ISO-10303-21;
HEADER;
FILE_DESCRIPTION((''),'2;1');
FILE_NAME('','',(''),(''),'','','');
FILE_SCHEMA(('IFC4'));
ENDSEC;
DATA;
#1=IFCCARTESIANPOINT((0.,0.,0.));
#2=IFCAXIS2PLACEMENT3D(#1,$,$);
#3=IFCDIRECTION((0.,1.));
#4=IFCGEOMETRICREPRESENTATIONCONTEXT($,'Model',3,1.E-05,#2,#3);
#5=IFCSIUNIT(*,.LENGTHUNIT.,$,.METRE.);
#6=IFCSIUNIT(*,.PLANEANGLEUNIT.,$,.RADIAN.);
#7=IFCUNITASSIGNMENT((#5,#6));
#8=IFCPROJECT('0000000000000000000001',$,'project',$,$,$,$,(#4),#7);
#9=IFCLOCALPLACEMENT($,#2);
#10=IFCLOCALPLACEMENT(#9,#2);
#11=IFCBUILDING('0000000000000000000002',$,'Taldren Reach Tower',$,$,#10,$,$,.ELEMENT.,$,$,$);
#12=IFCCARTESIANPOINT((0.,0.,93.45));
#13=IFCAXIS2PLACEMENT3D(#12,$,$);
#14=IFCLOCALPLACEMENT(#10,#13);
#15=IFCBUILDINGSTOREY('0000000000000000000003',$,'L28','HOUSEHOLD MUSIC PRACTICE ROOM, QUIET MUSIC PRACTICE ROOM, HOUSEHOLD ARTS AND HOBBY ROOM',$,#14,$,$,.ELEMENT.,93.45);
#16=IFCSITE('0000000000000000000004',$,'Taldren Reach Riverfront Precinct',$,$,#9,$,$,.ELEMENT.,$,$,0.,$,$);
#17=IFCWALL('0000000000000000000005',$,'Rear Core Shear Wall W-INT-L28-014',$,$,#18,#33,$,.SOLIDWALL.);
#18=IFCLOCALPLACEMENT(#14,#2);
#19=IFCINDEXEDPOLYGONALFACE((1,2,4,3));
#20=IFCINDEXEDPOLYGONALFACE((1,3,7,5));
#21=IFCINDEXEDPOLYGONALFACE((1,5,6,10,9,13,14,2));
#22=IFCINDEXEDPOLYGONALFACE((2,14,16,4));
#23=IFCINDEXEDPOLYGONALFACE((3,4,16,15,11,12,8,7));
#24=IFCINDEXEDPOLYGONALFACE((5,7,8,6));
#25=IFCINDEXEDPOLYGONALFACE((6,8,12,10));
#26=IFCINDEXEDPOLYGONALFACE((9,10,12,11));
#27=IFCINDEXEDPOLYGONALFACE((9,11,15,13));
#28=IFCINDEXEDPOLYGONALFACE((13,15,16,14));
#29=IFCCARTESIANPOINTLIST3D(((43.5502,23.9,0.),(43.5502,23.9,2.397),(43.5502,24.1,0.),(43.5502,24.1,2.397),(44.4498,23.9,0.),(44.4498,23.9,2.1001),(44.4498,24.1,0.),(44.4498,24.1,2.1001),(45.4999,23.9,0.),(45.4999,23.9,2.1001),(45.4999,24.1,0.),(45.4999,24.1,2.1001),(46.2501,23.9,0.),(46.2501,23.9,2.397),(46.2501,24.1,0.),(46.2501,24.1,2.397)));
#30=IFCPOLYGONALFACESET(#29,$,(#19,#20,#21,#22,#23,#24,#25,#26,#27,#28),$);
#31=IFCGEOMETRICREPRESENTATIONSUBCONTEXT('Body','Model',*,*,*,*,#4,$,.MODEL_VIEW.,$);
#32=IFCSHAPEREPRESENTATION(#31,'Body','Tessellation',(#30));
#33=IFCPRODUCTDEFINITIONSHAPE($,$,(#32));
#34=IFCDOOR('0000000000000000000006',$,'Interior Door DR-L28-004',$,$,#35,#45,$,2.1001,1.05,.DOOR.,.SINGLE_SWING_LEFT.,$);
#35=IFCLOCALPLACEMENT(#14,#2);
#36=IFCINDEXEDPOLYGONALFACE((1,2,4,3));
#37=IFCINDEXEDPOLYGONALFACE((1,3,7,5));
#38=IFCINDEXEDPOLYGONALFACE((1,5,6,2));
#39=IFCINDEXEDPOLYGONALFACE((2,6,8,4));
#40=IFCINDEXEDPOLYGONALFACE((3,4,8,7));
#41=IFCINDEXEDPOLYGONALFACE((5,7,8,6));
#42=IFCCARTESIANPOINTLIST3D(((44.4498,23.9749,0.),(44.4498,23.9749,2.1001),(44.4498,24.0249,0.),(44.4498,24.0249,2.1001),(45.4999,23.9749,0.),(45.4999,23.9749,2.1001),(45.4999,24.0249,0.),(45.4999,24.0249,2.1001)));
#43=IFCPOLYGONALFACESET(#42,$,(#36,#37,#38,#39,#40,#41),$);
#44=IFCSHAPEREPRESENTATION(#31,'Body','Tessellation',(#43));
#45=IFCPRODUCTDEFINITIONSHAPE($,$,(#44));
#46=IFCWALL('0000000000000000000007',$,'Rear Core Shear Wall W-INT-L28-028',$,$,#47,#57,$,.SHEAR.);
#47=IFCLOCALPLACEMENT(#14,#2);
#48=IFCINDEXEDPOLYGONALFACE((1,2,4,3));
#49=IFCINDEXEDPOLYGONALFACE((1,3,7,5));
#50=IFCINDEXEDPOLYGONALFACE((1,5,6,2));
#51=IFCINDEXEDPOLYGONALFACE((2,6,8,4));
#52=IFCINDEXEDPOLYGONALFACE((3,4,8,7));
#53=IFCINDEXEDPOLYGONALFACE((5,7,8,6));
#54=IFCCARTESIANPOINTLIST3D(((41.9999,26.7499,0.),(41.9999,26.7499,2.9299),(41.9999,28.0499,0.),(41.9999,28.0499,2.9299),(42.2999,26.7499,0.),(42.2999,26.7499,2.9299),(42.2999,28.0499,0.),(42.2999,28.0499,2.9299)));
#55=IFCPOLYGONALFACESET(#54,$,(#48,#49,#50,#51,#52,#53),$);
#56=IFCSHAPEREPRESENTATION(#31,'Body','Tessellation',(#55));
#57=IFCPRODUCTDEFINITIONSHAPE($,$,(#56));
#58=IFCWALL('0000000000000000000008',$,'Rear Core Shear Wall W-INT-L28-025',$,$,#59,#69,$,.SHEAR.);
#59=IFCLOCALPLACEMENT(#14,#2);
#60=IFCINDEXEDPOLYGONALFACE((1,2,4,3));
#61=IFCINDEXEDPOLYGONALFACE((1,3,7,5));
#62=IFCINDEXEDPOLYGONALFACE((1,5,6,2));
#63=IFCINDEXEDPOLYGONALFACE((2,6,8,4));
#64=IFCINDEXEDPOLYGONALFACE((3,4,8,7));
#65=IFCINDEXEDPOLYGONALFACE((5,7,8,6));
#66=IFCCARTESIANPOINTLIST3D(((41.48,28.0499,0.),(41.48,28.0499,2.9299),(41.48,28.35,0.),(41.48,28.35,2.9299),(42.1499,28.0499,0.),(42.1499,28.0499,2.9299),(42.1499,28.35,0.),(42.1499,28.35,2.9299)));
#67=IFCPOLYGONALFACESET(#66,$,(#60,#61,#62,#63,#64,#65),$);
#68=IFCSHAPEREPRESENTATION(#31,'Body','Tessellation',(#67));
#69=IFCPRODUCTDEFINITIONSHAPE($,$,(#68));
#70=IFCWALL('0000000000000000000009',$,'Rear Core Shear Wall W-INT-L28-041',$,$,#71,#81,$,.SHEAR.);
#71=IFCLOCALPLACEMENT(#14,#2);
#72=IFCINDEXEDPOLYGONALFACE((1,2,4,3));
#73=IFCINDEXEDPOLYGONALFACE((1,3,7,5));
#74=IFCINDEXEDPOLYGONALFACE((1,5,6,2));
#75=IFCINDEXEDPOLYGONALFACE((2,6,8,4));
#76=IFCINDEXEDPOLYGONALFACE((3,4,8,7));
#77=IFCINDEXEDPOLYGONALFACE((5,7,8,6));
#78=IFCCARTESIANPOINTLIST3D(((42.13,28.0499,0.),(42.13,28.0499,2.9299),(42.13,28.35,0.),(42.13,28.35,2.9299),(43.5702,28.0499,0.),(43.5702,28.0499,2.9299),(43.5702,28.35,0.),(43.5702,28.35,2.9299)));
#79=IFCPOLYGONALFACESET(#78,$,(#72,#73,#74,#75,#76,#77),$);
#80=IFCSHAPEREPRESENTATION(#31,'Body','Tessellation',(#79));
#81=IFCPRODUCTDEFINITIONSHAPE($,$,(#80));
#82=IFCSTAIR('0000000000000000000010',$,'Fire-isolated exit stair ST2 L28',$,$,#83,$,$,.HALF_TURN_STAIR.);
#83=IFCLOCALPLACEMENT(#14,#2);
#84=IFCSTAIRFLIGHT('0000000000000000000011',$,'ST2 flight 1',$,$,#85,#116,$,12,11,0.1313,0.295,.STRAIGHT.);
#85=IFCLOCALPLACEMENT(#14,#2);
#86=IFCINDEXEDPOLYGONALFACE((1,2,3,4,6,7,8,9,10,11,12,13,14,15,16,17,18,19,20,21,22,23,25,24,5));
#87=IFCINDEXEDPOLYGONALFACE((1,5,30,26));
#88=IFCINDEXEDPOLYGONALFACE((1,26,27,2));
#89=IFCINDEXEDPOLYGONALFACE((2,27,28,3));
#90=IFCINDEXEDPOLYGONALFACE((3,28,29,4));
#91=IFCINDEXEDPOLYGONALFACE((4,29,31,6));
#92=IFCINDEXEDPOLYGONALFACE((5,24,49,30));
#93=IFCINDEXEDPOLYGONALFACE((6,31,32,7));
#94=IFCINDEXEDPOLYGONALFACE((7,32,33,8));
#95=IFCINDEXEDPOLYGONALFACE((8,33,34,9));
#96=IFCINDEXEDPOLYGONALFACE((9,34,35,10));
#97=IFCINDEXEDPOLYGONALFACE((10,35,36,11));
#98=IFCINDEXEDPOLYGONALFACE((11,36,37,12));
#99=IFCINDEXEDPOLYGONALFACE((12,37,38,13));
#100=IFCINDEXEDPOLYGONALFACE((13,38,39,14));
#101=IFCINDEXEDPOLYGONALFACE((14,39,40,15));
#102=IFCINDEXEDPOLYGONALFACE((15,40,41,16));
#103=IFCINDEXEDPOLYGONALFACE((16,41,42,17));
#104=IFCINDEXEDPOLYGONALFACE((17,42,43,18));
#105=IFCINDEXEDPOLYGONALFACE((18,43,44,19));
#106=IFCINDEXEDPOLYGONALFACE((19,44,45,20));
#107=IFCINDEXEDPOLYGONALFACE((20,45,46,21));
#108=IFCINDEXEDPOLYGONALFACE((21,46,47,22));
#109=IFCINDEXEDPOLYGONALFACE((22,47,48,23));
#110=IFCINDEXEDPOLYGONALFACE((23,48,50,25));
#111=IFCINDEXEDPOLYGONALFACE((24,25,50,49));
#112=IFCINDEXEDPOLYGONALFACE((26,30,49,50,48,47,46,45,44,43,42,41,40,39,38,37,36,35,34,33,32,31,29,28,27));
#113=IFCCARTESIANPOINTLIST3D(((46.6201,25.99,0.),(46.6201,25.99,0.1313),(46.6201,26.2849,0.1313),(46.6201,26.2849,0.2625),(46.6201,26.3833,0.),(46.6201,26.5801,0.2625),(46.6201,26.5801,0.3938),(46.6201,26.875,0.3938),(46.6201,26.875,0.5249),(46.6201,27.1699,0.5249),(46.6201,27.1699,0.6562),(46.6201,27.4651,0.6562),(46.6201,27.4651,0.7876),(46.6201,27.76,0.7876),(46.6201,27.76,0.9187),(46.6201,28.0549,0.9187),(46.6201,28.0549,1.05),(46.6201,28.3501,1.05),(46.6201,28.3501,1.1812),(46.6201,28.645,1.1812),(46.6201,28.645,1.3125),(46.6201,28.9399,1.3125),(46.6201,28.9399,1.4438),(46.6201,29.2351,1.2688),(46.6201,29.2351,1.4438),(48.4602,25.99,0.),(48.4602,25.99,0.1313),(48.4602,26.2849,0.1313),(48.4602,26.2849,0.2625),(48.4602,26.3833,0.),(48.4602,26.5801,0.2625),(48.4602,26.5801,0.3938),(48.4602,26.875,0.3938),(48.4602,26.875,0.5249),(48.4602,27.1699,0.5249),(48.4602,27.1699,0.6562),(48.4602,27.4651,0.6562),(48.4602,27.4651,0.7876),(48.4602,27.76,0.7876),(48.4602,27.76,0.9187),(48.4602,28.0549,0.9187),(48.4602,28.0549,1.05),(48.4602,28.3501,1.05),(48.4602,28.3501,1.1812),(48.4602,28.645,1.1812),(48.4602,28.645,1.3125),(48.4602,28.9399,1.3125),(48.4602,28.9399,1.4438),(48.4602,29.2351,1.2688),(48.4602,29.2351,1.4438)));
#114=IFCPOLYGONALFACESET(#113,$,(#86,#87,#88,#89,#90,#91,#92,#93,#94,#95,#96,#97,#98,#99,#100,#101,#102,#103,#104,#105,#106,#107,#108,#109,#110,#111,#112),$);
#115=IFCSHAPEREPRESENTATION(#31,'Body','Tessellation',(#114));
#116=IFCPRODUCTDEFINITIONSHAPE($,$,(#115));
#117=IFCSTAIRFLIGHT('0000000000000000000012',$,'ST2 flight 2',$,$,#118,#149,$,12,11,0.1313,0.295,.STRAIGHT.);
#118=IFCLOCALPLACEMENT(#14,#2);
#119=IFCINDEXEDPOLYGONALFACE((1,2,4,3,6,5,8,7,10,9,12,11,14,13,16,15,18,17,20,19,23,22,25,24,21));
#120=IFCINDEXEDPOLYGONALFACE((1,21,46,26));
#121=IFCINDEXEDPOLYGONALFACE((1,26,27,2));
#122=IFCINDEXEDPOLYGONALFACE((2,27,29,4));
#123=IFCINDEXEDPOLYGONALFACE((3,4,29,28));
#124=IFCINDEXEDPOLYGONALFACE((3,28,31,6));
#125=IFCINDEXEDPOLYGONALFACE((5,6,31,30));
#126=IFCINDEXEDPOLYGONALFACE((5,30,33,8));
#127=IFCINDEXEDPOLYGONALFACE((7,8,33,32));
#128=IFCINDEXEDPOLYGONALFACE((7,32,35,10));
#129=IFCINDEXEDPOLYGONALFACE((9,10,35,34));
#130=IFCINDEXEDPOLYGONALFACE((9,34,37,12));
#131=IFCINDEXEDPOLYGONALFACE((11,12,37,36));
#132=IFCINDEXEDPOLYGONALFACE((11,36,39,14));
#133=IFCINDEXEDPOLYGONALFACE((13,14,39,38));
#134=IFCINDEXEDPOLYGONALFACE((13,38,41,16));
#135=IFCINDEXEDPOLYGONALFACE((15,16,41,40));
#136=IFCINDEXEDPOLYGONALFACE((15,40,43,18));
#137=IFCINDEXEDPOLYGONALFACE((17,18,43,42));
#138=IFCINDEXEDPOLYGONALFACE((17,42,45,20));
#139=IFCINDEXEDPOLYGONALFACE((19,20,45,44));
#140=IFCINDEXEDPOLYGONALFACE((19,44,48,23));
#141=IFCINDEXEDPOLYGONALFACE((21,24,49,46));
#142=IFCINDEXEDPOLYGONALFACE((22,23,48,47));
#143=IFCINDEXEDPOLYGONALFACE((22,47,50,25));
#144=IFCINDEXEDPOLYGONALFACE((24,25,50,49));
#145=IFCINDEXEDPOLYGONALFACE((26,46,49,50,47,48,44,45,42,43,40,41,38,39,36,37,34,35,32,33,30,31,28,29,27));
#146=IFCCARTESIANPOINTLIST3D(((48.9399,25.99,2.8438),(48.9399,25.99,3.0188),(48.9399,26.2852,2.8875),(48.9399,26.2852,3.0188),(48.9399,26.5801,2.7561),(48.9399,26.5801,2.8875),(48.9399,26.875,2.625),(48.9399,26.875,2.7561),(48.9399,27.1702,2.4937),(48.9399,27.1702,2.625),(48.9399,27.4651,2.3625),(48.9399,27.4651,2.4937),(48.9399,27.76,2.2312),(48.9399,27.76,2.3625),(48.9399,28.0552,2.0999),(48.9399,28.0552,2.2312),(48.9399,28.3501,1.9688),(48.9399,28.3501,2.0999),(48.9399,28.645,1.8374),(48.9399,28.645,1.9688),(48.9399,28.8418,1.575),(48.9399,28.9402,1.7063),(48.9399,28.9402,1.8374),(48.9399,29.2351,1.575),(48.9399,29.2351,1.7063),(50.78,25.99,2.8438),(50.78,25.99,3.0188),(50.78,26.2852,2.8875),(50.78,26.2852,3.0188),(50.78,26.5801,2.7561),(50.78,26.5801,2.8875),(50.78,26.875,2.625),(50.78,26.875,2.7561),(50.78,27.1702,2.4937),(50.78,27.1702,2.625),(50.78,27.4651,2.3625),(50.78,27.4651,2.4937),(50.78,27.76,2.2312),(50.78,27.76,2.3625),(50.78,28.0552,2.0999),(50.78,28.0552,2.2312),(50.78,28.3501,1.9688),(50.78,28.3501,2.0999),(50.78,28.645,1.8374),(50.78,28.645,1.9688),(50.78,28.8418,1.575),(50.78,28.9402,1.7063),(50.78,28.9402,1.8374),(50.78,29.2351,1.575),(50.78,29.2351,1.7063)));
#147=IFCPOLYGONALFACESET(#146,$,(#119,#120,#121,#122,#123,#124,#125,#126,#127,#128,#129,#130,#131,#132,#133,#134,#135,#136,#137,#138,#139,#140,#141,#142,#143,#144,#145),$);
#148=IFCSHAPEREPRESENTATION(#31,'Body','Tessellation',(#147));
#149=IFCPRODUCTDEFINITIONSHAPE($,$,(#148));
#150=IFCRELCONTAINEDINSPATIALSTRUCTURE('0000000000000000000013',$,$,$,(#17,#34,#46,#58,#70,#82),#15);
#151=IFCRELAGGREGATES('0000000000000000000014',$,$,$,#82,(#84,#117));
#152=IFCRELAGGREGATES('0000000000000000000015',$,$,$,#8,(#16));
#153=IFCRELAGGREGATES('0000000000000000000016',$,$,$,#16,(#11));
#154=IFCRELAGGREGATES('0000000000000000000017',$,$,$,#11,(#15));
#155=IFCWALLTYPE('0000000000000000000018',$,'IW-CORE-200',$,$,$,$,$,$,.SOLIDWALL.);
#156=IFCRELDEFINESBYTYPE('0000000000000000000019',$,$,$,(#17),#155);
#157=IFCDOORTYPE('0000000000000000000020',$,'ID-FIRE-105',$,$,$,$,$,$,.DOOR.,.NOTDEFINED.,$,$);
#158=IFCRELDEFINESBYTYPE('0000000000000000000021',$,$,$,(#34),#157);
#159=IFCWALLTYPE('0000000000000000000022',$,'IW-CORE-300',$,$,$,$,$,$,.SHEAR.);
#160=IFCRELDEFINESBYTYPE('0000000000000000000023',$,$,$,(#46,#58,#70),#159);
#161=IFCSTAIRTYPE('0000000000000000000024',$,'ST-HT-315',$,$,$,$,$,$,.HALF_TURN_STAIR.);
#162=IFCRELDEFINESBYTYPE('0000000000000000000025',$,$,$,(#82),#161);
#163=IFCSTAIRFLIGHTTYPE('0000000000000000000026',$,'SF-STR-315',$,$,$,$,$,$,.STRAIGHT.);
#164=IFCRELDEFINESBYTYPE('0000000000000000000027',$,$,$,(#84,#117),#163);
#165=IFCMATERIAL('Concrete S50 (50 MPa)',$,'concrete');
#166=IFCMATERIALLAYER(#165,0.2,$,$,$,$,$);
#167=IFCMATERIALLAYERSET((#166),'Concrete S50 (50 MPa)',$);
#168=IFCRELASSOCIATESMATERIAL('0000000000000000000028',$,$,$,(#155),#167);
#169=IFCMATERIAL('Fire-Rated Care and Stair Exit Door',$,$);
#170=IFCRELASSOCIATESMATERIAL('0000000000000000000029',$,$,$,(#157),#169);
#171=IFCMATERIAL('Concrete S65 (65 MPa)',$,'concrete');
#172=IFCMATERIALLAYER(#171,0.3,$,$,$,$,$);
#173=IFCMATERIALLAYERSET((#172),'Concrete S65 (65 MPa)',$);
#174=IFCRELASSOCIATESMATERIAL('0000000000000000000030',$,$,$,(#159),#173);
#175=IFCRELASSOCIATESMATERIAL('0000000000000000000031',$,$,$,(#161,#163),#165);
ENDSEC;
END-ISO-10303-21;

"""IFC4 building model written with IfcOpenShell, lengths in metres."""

from ifc_helpers import new_model, si_unit, direction, frame, frame_2d, origin, place, context, subcontext, project, spatial, polyline, rectangle, outline, extrude, source, transform, mapped, material, layer, layer_set, type_object, element, fill, aggregate, save


model = new_model("IFC4")

# Units and contexts
model_context = context("Model", 3, precision=1e-05, world=origin(), true_north=direction((0.0, 1.0)))
body_context = subcontext(model_context, "Body", "Model", "MODEL_VIEW")
ifc_project = project(units=[si_unit("LENGTHUNIT", "METRE"), si_unit("PLANEANGLEUNIT", "RADIAN")], contexts=[model_context])

# Site, building, storey
site_placement = place(None, origin())
site = spatial("IfcSite", under=ifc_project, at=site_placement, Name="Taldren Reach Riverfront Precinct", CompositionType="ELEMENT", RefElevation=0.0)
building_placement = place(site_placement, origin())
building = spatial("IfcBuilding", under=site, at=building_placement, Name="Taldren Reach Tower", CompositionType="ELEMENT")
storey_placement = place(building_placement, frame((0.0, 0.0, 93.45)))
storey = spatial("IfcBuildingStorey", under=building, at=storey_placement, Name="L28", Description="HOUSEHOLD MUSIC PRACTICE ROOM, QUIET MUSIC PRACTICE ROOM, HOUSEHOLD ARTS AND HOBBY ROOM", CompositionType="ELEMENT", Elevation=93.45)

# Shared definitions
ifc_material_1 = material(Name="Concrete S50 (50 MPa)", Category="concrete")
ifc_layer_1 = layer(ifc_material_1, 0.2)
ifc_layer_set_1 = layer_set([ifc_layer_1], Name="Concrete S50 (50 MPa)")
wall_type_1 = type_object("IfcWallType", Name="IW-CORE-200", PredefinedType="SOLIDWALL", material=ifc_layer_set_1)
shared_shape_1 = source(origin(), body_context, "Body", "SweptSolid", [
    extrude(rectangle(XDim=1.05, YDim=2.1001, at=frame_2d((0.5249, 1.05))), frame((0.0, 0.1099, 0.0), z_axis=(0.0, -1.0, 0.0), x_axis=(1.0, 0.0, 0.0)), (0.0, 0.0, 1.0), 0.22),
])
ifc_material_2 = material(Name="Fire-Rated Care and Stair Exit Door")
door_type_1 = type_object("IfcDoorType", Name="ID-FIRE-105", OperationType="NOTDEFINED", PredefinedType="DOOR", material=ifc_material_2)
shared_shape_2 = source(origin(), body_context, "Body", "SweptSolid", [
    extrude(rectangle(XDim=1.05, YDim=2.1001, at=frame_2d((0.5249, 1.05))), frame((0.0, 0.0249, 0.0), z_axis=(0.0, -1.0, 0.0), x_axis=(1.0, 0.0, 0.0)), (0.0, 0.0, 1.0), 0.05),
])

# Shared definitions
ifc_material_3 = material(Name="Concrete S65 (65 MPa)", Category="concrete")
ifc_layer_2 = layer(ifc_material_3, 0.3)
ifc_layer_set_2 = layer_set([ifc_layer_2], Name="Concrete S65 (65 MPa)")
wall_type_2 = type_object("IfcWallType", Name="IW-CORE-300", PredefinedType="SHEAR", material=ifc_layer_set_2)

# Wall, opening, door
shared_shape_3 = source(origin(), body_context, "Body", "SweptSolid", [
    extrude(rectangle(XDim=2.7, YDim=0.2, at=frame_2d((1.3501, 0.0))), origin(), (0.0, 0.0, 1.0), 2.397),
])
wall_1_placement = place(storey_placement, frame((43.55, 24.0, 0.0), z_axis=(0.0, 0.0, 1.0), x_axis=(1.0, 0.0, 0.0)))
wall_1 = element("IfcWall", 1, at=wall_1_placement, inside=storey, type_object=wall_type_1, Name="Rear Core Shear Wall W-INT-L28-014", PredefinedType="SOLIDWALL", context=body_context, shape_type="MappedRepresentation", body=[
    mapped(shared_shape_3, transform((0.0, 0.0, 0.0), scale=1.0)),
])
opening_1_placement = place(wall_1_placement, frame((0.8999, 0.0, 0.0)))
opening_1 = element("IfcOpeningElement", 2, at=opening_1_placement, cuts=wall_1, PredefinedType="OPENING", context=body_context, shape_type="MappedRepresentation", body=[
    mapped(shared_shape_1, transform((0.0, 0.0, 0.0), scale=1.0)),
])
door_1_placement = place(opening_1_placement, origin())
door_1 = element("IfcDoor", 3, at=door_1_placement, inside=storey, type_object=door_type_1, Name="Interior Door DR-L28-004", OperationType="SINGLE_SWING_LEFT", OverallHeight=2.1001, OverallWidth=1.05, PredefinedType="DOOR", context=body_context, shape_type="MappedRepresentation", body=[
    mapped(shared_shape_2, transform((0.0, 0.0, 0.0), scale=1.0)),
])
fill(opening_1, door_1)

# Walls
shared_shape_4 = source(origin(), body_context, "Body", "SweptSolid", [
    extrude(rectangle(XDim=1.3, YDim=0.3, at=frame_2d((0.6499, 0.0))), origin(), (0.0, 0.0, 1.0), 2.9299),
])
wall_2_placement = place(storey_placement, frame((42.1499, 26.75, 0.0), z_axis=(0.0, 0.0, 1.0), x_axis=(0.0, 1.0, 0.0)))
element("IfcWall", 4, at=wall_2_placement, inside=storey, type_object=wall_type_2, Name="Rear Core Shear Wall W-INT-L28-028", PredefinedType="SHEAR", context=body_context, shape_type="MappedRepresentation", body=[
    mapped(shared_shape_4, transform((0.0, 0.0, 0.0), scale=1.0)),
])
shared_shape_5 = source(origin(), body_context, "Body", "SweptSolid", [
    extrude(rectangle(XDim=0.6699, YDim=0.3, at=frame_2d((0.335, 0.0))), origin(), (0.0, 0.0, 1.0), 2.9299),
])
wall_3_placement = place(storey_placement, frame((42.1499, 28.2, 0.0), z_axis=(0.0, 0.0, 1.0), x_axis=(-1.0, 0.0, 0.0)))
element("IfcWall", 5, at=wall_3_placement, inside=storey, type_object=wall_type_2, Name="Rear Core Shear Wall W-INT-L28-025", PredefinedType="SHEAR", context=body_context, shape_type="MappedRepresentation", body=[
    mapped(shared_shape_5, transform((0.0, 0.0, 0.0), scale=1.0)),
])
shared_shape_6 = source(origin(), body_context, "Body", "SweptSolid", [
    extrude(rectangle(XDim=1.4402, YDim=0.3, at=frame_2d((0.7202, 0.0))), origin(), (0.0, 0.0, 1.0), 2.9299),
])
wall_4_placement = place(storey_placement, frame((42.1299, 28.2, 0.0), z_axis=(0.0, 0.0, 1.0), x_axis=(1.0, 0.0, 0.0)))
element("IfcWall", 6, at=wall_4_placement, inside=storey, type_object=wall_type_2, Name="Rear Core Shear Wall W-INT-L28-041", PredefinedType="SHEAR", context=body_context, shape_type="MappedRepresentation", body=[
    mapped(shared_shape_6, transform((0.0, 0.0, 0.0), scale=1.0)),
])

# Stair, stair flights
stair_type = type_object("IfcStairType", Name="ST-HT-315", PredefinedType="HALF_TURN_STAIR", material=ifc_material_1)
stair_placement = place(storey_placement, origin())
stair = element("IfcStair", 7, at=stair_placement, inside=storey, type_object=stair_type, Name="Fire-isolated exit stair ST2 L28", PredefinedType="HALF_TURN_STAIR")
stair_flight_type = type_object("IfcStairFlightType", Name="SF-STR-315", PredefinedType="STRAIGHT", material=ifc_material_1)
stair_flight_1_placement = place(storey_placement, frame((47.54, 25.99, 0.0), z_axis=(0.0, 0.0, 1.0), x_axis=(0.0, 1.0, 0.0)))
stair_flight_1 = element("IfcStairFlight", 8, at=stair_flight_1_placement, type_object=stair_flight_type, Name="ST2 flight 1", NumberOfRisers=12, NumberOfTreads=11, PredefinedType="STRAIGHT", RiserHeight=0.1313, TreadLength=0.295, context=body_context, shape_type="SweptSolid", body=[
    extrude(outline(polyline([(0.0, 0.0), (0.0, 0.1313), (0.2949, 0.1313), (0.2949, 0.2625), (0.5901, 0.2625), (0.5901, 0.3938), (0.885, 0.3938), (0.885, 0.5249), (1.1799, 0.5249), (1.1799, 0.6562), (1.4751, 0.6562), (1.4751, 0.7876), (1.77, 0.7876), (1.77, 0.9187), (2.0649, 0.9187), (2.0649, 1.05), (2.3601, 1.05), (2.3601, 1.1812), (2.655, 1.1812), (2.655, 1.3125), (2.95, 1.3125), (2.95, 1.4438), (3.2451, 1.4438), (3.2451, 1.575), (3.2451, 1.2688), (0.3933, 0.0), (0.0, 0.0)])), frame((0.0, 0.9199, 0.0), z_axis=(0.0, -1.0, 0.0), x_axis=(1.0, 0.0, 0.0)), (0.0, 0.0, 1.0), 1.8401),
])
stair_flight_2_placement = place(storey_placement, frame((49.8601, 29.2351, 1.575), z_axis=(0.0, 0.0, 1.0), x_axis=(0.0, -1.0, 0.0)))
stair_flight_2 = element("IfcStairFlight", 9, at=stair_flight_2_placement, type_object=stair_flight_type, Name="ST2 flight 2", NumberOfRisers=12, NumberOfTreads=11, PredefinedType="STRAIGHT", RiserHeight=0.1313, TreadLength=0.295, context=body_context, shape_type="SweptSolid", body=[
    extrude(outline(polyline([(0.0, 0.0), (0.0, 0.1313), (0.2949, 0.1313), (0.2949, 0.2625), (0.5901, 0.2625), (0.5901, 0.3938), (0.885, 0.3938), (0.885, 0.5249), (1.1799, 0.5249), (1.1799, 0.6562), (1.4751, 0.6562), (1.4751, 0.7876), (1.77, 0.7876), (1.77, 0.9187), (2.0649, 0.9187), (2.0649, 1.05), (2.3601, 1.05), (2.3601, 1.1812), (2.655, 1.1812), (2.655, 1.3125), (2.95, 1.3125), (2.95, 1.4438), (3.2451, 1.4438), (3.2451, 1.575), (3.2451, 1.2688), (0.3933, 0.0), (0.0, 0.0)])), frame((0.0, 0.9199, 0.0), z_axis=(0.0, -1.0, 0.0), x_axis=(1.0, 0.0, 0.0)), (0.0, 0.0, 1.0), 1.8401),
])
aggregate(stair, [stair_flight_1, stair_flight_2])

save(model, "model.ifc")
